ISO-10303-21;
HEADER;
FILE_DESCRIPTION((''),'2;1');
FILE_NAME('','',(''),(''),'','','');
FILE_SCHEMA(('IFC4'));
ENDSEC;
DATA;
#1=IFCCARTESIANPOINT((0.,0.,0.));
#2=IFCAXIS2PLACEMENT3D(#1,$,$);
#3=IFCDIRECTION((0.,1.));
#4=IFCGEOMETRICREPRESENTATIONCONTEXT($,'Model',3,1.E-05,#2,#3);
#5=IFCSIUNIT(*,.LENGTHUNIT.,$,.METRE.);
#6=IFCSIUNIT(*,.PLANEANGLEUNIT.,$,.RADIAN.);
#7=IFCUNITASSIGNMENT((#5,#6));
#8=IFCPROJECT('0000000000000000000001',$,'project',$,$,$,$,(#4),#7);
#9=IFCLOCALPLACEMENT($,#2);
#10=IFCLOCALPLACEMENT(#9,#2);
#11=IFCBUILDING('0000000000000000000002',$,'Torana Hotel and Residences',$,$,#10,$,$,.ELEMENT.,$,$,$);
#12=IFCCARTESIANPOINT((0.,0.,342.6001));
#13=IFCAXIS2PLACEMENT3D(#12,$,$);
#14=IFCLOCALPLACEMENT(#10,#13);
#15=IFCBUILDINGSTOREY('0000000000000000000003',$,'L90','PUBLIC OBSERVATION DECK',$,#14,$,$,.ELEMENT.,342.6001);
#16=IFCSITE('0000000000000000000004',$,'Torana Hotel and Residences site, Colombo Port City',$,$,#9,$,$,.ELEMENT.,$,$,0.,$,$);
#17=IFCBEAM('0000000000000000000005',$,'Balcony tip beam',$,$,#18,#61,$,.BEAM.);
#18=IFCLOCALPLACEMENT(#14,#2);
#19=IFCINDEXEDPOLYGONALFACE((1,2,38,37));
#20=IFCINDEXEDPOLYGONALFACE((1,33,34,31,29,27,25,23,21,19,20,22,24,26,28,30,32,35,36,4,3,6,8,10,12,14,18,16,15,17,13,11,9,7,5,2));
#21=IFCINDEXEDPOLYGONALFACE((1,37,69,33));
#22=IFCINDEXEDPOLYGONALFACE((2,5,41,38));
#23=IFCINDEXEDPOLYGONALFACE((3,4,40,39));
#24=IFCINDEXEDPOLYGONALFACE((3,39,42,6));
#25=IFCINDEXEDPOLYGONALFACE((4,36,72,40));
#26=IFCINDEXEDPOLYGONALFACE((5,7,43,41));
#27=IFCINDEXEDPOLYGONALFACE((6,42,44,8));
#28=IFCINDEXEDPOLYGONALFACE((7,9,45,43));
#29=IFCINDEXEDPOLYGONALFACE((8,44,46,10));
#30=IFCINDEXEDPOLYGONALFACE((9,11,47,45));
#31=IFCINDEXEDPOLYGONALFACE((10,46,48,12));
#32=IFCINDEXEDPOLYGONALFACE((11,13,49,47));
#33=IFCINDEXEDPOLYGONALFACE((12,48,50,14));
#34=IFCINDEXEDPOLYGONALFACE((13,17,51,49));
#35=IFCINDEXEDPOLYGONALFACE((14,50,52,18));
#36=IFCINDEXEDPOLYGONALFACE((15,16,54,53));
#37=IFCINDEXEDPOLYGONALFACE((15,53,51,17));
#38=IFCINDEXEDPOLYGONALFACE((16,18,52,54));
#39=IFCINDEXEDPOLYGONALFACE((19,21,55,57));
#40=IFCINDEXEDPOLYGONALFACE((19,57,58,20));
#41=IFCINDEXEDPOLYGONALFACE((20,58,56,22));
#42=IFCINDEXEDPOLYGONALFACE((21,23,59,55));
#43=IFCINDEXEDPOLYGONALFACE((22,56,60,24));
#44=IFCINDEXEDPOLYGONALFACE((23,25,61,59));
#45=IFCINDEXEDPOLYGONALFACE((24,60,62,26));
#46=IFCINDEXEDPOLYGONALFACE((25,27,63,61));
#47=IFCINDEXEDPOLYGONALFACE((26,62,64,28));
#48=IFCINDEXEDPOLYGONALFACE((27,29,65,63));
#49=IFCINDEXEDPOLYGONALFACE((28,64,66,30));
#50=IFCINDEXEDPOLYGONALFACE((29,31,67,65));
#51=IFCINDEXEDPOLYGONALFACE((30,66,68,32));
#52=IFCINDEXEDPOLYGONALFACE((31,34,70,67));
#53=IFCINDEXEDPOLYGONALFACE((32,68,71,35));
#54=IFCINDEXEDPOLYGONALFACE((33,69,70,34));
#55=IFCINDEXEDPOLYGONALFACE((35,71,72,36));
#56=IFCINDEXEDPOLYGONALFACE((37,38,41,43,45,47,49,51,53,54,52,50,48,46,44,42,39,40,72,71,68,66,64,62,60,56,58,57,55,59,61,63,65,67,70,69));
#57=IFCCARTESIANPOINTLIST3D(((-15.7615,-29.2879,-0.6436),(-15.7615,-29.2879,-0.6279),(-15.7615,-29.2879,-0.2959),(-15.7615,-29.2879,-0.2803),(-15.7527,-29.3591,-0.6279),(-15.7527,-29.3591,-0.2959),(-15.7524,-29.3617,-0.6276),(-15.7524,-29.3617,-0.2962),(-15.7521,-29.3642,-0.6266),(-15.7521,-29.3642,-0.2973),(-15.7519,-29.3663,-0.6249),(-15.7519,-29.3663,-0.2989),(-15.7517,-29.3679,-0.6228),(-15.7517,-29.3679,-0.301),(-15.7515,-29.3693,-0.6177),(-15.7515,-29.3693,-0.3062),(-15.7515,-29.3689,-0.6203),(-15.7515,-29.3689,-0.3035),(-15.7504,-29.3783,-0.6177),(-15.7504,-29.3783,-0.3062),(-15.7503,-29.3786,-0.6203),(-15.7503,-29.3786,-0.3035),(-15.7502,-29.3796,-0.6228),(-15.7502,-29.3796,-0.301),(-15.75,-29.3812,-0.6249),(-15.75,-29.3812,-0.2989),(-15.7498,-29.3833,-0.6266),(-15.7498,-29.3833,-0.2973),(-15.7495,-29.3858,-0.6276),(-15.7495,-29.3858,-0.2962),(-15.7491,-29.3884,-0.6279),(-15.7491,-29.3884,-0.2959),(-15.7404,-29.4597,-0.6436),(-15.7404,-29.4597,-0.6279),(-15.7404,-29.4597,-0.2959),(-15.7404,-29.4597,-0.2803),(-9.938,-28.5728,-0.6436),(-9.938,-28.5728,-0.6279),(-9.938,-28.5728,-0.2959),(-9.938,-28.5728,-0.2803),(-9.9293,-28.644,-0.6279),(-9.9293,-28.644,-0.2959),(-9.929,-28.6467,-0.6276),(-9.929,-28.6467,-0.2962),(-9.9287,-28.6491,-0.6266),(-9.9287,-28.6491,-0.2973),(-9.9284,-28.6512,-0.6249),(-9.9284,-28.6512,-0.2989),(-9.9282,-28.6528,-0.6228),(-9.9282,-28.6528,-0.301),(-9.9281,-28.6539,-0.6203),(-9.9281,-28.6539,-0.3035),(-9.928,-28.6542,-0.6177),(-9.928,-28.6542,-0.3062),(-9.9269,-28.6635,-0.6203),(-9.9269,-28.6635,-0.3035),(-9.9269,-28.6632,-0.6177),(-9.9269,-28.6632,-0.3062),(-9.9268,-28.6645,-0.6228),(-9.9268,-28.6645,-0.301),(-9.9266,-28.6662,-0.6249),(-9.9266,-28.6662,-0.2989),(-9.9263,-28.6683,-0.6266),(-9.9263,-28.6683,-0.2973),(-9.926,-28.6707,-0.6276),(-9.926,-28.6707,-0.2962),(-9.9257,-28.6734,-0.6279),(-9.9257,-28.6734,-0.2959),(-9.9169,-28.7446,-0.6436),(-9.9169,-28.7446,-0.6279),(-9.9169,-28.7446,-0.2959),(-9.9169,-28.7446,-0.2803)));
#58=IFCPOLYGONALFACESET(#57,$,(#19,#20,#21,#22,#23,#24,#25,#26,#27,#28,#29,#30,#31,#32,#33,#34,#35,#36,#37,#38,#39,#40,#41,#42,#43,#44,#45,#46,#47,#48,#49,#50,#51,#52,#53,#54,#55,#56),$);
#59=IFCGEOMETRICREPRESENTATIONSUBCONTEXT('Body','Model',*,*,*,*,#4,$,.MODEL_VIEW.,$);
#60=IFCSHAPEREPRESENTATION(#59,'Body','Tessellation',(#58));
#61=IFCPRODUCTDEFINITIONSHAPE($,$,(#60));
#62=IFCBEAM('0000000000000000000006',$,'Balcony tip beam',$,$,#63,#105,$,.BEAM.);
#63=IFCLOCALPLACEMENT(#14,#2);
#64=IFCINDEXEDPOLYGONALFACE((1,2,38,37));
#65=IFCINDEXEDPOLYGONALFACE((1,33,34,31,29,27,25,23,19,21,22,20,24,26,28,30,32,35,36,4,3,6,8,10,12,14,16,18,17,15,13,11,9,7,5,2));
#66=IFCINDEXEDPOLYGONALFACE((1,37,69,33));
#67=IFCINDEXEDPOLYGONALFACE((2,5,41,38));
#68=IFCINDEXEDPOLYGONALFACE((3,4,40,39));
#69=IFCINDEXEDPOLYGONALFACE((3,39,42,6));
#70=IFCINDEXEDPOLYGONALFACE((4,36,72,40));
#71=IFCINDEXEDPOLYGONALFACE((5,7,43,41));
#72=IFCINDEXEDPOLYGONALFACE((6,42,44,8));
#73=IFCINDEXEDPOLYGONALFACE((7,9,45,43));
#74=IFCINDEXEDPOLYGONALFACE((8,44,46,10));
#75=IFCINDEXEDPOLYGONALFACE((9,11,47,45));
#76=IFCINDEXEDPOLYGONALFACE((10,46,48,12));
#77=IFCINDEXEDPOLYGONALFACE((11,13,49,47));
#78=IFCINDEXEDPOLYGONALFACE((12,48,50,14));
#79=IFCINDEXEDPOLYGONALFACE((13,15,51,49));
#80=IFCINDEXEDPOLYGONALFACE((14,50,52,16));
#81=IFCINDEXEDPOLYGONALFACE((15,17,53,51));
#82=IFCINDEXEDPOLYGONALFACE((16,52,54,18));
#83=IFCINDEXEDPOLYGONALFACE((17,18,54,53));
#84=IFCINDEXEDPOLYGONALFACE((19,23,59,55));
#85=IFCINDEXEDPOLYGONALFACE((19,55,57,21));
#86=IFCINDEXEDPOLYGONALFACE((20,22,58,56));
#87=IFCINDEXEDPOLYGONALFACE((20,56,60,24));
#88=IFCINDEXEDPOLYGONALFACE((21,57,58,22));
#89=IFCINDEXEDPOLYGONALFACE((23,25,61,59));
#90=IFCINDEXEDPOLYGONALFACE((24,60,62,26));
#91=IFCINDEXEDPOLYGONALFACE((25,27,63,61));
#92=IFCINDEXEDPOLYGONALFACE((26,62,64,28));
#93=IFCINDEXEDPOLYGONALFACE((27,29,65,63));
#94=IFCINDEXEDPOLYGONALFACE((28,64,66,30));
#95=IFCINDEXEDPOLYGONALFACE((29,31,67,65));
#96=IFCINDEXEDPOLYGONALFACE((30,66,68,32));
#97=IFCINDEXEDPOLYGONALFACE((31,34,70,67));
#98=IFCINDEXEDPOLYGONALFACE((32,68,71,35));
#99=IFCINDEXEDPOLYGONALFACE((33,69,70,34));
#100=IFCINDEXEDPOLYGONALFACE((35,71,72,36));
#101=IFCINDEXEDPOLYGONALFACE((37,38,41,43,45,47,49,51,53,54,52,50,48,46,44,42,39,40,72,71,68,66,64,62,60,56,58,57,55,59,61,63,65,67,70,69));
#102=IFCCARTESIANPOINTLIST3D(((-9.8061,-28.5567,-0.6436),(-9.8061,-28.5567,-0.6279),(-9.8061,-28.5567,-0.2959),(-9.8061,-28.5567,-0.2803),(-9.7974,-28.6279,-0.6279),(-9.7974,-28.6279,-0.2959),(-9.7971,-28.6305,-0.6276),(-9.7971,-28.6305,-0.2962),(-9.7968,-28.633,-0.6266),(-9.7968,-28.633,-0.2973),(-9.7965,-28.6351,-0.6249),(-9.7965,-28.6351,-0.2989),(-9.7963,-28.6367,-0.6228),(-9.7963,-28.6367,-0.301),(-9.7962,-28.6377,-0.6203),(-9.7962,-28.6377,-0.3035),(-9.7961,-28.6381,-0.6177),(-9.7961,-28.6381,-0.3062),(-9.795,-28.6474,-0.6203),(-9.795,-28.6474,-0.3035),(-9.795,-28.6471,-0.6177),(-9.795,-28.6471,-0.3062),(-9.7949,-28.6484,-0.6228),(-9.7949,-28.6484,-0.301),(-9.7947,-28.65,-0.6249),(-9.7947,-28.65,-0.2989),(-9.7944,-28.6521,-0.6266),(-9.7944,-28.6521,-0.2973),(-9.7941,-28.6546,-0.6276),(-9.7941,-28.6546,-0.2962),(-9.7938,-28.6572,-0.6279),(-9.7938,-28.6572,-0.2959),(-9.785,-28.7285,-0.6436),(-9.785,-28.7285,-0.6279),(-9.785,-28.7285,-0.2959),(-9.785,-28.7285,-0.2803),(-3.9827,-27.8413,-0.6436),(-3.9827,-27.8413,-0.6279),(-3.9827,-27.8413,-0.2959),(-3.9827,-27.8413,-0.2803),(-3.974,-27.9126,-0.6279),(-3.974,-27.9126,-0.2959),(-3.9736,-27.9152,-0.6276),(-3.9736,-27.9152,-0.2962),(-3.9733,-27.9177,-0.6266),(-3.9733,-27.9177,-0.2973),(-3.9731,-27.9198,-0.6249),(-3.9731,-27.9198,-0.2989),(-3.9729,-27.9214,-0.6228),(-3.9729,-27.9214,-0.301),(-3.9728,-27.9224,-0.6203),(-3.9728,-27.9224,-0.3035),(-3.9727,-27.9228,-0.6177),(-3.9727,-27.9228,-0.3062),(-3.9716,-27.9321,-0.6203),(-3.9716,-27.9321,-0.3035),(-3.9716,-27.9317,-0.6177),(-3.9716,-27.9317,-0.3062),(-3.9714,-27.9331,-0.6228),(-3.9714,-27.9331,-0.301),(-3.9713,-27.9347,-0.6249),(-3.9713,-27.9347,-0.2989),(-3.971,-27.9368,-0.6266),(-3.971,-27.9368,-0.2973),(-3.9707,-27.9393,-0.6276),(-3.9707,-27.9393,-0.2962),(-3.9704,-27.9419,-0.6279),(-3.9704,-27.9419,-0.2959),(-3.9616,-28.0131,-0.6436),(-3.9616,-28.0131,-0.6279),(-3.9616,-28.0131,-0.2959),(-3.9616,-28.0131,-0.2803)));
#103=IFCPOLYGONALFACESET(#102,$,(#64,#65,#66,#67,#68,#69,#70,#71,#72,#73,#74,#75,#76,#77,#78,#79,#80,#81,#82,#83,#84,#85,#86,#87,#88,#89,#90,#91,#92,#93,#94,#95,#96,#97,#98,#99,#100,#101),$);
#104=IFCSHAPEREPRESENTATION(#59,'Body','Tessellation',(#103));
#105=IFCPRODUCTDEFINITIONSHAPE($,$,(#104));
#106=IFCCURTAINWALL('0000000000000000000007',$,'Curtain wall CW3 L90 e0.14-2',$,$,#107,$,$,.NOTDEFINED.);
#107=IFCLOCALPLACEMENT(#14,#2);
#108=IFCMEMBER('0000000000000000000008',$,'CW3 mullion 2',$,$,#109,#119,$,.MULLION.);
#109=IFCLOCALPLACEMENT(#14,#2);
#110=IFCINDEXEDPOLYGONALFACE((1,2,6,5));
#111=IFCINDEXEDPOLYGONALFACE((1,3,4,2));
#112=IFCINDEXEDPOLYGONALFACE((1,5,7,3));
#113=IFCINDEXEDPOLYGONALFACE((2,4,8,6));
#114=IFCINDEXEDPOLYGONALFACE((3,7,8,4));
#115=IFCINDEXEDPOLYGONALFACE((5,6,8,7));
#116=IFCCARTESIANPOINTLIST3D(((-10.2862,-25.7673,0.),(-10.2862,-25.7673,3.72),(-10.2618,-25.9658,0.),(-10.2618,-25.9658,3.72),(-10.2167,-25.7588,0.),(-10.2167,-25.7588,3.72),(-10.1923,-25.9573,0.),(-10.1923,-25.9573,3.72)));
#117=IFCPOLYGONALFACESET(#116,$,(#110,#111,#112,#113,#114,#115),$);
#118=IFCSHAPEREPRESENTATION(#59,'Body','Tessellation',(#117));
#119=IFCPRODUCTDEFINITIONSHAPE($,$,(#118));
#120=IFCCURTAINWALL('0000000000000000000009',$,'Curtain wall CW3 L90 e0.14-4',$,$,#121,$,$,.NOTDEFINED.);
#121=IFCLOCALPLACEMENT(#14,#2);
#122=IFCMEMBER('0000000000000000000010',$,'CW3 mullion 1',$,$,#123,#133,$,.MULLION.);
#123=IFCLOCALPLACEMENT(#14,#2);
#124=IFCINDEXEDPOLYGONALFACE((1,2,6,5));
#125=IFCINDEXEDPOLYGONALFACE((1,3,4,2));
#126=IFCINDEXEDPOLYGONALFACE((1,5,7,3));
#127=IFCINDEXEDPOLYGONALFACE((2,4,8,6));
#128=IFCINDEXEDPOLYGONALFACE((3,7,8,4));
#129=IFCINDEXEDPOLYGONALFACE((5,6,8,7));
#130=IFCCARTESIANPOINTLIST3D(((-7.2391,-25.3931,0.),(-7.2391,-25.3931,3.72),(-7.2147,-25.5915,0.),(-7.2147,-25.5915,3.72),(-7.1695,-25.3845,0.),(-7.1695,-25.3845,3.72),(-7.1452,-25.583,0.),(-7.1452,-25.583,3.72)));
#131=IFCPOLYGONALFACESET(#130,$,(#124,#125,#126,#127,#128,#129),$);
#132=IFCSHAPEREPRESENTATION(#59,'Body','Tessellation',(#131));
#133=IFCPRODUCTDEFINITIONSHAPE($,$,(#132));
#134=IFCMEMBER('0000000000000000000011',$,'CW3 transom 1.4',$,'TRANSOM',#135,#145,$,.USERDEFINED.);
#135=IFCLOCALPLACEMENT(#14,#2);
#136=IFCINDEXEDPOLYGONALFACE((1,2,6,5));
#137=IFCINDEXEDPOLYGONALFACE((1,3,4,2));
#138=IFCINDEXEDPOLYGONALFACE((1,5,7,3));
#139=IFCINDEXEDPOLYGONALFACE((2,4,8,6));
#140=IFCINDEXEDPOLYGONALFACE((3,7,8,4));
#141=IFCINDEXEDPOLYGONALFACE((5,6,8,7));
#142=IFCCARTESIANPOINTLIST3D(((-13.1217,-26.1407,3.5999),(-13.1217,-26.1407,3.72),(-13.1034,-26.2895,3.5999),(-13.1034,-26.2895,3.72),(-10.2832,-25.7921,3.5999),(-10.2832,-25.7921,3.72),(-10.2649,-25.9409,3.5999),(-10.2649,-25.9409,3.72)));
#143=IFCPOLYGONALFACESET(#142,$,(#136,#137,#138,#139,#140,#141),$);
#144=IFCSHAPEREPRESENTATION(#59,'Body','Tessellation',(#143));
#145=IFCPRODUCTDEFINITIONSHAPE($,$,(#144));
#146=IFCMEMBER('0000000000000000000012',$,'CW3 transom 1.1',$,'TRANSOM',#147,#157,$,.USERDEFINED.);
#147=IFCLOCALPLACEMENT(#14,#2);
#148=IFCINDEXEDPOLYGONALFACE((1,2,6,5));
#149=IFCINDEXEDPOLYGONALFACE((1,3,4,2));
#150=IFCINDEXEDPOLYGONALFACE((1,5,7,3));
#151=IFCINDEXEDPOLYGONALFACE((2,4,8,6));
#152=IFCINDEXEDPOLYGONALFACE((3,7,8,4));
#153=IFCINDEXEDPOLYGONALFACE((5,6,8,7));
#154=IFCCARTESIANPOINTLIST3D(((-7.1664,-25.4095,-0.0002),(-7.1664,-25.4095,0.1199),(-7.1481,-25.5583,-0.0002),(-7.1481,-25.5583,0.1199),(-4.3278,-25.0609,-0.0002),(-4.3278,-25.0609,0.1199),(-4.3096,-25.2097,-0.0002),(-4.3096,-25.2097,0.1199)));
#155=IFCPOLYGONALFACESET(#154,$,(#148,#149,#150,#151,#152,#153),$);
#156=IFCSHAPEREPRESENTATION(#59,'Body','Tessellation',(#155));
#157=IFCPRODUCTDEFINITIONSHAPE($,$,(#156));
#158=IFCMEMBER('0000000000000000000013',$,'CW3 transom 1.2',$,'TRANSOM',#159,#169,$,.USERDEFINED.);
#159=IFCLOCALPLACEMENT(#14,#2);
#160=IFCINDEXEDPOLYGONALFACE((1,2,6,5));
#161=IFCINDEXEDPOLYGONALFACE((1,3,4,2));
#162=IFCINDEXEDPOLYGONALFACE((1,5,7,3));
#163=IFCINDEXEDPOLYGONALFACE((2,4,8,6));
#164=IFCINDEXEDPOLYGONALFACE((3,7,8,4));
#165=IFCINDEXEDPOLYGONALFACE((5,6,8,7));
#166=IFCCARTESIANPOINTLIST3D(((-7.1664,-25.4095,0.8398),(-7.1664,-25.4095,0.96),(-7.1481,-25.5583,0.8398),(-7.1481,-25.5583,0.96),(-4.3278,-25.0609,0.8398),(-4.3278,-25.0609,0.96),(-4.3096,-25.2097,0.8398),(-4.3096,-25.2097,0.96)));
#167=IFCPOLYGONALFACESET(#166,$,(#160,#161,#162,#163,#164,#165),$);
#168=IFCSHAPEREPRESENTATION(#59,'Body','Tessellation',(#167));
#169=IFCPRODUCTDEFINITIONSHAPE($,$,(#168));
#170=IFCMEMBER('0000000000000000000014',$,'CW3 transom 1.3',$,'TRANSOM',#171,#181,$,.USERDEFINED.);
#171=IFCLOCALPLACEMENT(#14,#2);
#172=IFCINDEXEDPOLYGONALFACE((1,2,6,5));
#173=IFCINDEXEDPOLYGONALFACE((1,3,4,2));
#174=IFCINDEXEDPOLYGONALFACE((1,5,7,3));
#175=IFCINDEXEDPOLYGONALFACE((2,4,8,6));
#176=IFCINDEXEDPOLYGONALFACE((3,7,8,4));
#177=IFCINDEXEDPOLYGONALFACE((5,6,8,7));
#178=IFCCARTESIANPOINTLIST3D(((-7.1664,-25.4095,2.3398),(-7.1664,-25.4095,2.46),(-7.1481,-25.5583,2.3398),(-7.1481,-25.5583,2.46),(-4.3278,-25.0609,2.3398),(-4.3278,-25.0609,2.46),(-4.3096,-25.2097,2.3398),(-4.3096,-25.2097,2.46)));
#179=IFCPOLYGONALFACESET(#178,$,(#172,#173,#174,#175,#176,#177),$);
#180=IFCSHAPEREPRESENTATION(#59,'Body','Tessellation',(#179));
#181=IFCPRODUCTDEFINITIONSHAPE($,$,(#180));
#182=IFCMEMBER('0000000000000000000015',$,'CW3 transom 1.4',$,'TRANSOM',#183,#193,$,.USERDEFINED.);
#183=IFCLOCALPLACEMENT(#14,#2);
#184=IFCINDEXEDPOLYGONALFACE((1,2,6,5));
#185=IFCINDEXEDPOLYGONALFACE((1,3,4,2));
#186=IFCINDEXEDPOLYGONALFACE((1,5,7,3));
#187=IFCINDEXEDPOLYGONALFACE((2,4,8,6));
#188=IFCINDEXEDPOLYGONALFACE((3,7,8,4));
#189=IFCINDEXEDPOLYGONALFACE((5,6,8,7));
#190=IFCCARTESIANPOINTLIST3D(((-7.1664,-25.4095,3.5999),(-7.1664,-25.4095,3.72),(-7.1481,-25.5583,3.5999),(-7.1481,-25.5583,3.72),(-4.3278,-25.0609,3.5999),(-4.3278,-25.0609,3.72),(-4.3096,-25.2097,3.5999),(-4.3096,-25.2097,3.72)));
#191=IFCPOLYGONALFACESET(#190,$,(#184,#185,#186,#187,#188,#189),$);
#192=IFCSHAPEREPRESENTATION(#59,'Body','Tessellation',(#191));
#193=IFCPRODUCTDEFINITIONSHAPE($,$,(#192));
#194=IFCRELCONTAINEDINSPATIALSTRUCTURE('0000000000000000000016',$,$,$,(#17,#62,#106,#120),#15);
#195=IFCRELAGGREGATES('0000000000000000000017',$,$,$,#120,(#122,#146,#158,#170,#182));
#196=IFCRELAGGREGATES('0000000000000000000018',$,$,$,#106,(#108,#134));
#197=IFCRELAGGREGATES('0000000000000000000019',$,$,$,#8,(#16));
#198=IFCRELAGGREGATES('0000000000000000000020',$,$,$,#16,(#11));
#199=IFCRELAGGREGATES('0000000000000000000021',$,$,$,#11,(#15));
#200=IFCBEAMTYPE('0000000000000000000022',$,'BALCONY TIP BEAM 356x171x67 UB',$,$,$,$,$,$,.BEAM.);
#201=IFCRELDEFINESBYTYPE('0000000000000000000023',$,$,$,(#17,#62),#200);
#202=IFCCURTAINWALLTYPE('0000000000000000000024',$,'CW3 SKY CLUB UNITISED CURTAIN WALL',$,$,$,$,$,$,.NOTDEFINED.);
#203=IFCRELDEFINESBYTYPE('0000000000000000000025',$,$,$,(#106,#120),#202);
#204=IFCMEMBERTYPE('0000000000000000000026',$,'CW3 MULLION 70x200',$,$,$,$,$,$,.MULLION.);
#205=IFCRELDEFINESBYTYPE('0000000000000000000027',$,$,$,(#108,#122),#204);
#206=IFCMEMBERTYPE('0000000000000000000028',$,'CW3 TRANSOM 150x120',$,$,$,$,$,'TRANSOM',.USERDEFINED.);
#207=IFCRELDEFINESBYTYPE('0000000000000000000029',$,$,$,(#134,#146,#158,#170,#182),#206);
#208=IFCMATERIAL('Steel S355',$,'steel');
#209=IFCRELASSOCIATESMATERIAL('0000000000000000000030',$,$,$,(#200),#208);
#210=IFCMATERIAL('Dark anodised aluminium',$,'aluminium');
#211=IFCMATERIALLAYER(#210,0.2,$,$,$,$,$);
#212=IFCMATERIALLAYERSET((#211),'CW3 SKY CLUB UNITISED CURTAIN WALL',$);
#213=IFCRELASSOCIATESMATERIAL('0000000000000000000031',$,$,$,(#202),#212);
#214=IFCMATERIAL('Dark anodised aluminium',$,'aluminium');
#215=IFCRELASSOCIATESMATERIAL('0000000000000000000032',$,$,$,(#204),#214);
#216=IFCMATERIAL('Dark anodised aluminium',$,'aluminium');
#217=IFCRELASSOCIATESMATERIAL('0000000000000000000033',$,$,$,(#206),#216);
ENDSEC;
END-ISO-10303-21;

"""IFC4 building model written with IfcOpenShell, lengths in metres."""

from ifc_helpers import new_model, si_unit, direction, frame, origin, origin_2d, place, context, subcontext, project, spatial, rectangle, i_section, extrude, material, layer, layer_set, material_profile, profile_set, type_object, element, aggregate, save


model = new_model("IFC4")

# Units and contexts
model_context = context("Model", 3, precision=1e-05, world=origin(), true_north=direction((0.0, 1.0)))
body_context = subcontext(model_context, "Body", "Model", "MODEL_VIEW")
ifc_project = project(units=[si_unit("LENGTHUNIT", "METRE"), si_unit("PLANEANGLEUNIT", "RADIAN")], contexts=[model_context])

# Site, building, storey
site_placement = place(None, origin())
site = spatial("IfcSite", under=ifc_project, at=site_placement, Name="Torana Hotel and Residences site, Colombo Port City", CompositionType="ELEMENT", RefElevation=0.0)
building_placement = place(site_placement, origin())
building = spatial("IfcBuilding", under=site, at=building_placement, Name="Torana Hotel and Residences", CompositionType="ELEMENT")
storey_placement = place(building_placement, frame((0.0, 0.0, 342.6001)))
storey = spatial("IfcBuildingStorey", under=building, at=storey_placement, Name="L90", Description="PUBLIC OBSERVATION DECK", CompositionType="ELEMENT", Elevation=342.6001)

# Beams
ifc_material_1 = material(Name="Steel S355", Category="steel")
ifc_material_profile_1 = material_profile(ifc_material_1, i_section(OverallWidth=0.1731, OverallDepth=0.3633, WebThickness=0.009, FlangeThickness=0.0156, FilletRadius=0.0103, at=origin_2d()), Name="356x171x67 UB")
ifc_profile_set_1 = profile_set([ifc_material_profile_1], Name="Steel S355")
beam_type = type_object("IfcBeamType", Name="BALCONY TIP BEAM 356x171x67 UB", PredefinedType="BEAM", material=ifc_profile_set_1)
for number, where, z_axis, x_axis, name in (
    (1, (-9.9275, -28.6587, -0.4619), (-0.992545, -0.121878, 0.0), (0.121878, -0.992545, 0.0), "Balcony tip beam"),
    (2, (-3.9722, -27.9272, -0.4619), (-0.99254, -0.121919, 0.0), (0.121919, -0.99254, 0.0), "Balcony tip beam"),
):
    element("IfcBeam", number, at=place(storey_placement, frame(where, z_axis=z_axis, x_axis=x_axis)), inside=storey, type_object=beam_type, Name=name, PredefinedType="BEAM", context=body_context, shape_type="SweptSolid", body=[
        extrude(i_section(OverallWidth=0.1731, OverallDepth=0.3633, WebThickness=0.009, FlangeThickness=0.0156, FilletRadius=0.0103, at=origin_2d()), origin(), (0.0, 0.0, 1.0), 5.8672),
    ])

# Curtain walls, members
ifc_material_2 = material(Name="Dark anodised aluminium", Category="aluminium")
ifc_layer_1 = layer(ifc_material_2, 0.2)
ifc_layer_set_1 = layer_set([ifc_layer_1], Name="CW3 SKY CLUB UNITISED CURTAIN WALL")
curtain_wall_type = type_object("IfcCurtainWallType", Name="CW3 SKY CLUB UNITISED CURTAIN WALL", PredefinedType="NOTDEFINED", material=ifc_layer_set_1)
curtain_wall_1_placement = place(storey_placement, origin())
curtain_wall_1 = element("IfcCurtainWall", 3, at=curtain_wall_1_placement, inside=storey, type_object=curtain_wall_type, Name="Curtain wall CW3 L90 e0.14-2", PredefinedType="NOTDEFINED")
ifc_material_3 = material(Name="Dark anodised aluminium", Category="aluminium")
ifc_material_profile_2 = material_profile(ifc_material_3, rectangle(XDim=0.2, YDim=0.0701, at=origin_2d()), Name="CW3 MULLION 70x200")
ifc_profile_set_2 = profile_set([ifc_material_profile_2], Name="Dark anodised aluminium")
member_type_1 = type_object("IfcMemberType", Name="CW3 MULLION 70x200", PredefinedType="MULLION", material=ifc_profile_set_2)
member_1_placement = place(storey_placement, frame((-10.2393, -25.8623, 0.0), z_axis=(0.0, 0.0, 1.0), x_axis=(-0.121868, 0.992546, 0.0)))
member_1 = element("IfcMember", 4, at=member_1_placement, type_object=member_type_1, Name="CW3 mullion 2", PredefinedType="MULLION", context=body_context, shape_type="SweptSolid", body=[
    extrude(rectangle(XDim=0.2, YDim=0.0701, at=origin_2d()), origin(), (0.0, 0.0, 1.0), 3.72),
])
curtain_wall_2_placement = place(storey_placement, origin())
curtain_wall_2 = element("IfcCurtainWall", 5, at=curtain_wall_2_placement, inside=storey, type_object=curtain_wall_type, Name="Curtain wall CW3 L90 e0.14-4", PredefinedType="NOTDEFINED")
member_2_placement = place(storey_placement, frame((-7.1921, -25.488, 0.0), z_axis=(0.0, 0.0, 1.0), x_axis=(-0.121864, 0.992547, 0.0)))
member_2 = element("IfcMember", 6, at=member_2_placement, type_object=member_type_1, Name="CW3 mullion 1", PredefinedType="MULLION", context=body_context, shape_type="SweptSolid", body=[
    extrude(rectangle(XDim=0.2, YDim=0.0701, at=origin_2d()), origin(), (0.0, 0.0, 1.0), 3.72),
])

# Members
ifc_material_4 = material(Name="Dark anodised aluminium", Category="aluminium")
ifc_material_profile_3 = material_profile(ifc_material_4, rectangle(XDim=0.1499, YDim=0.1201, at=origin_2d()), Name="CW3 TRANSOM 150x120")
ifc_profile_set_3 = profile_set([ifc_material_profile_3], Name="Dark anodised aluminium")
member_type_2 = type_object("IfcMemberType", Name="CW3 TRANSOM 150x120", ElementType="TRANSOM", PredefinedType="USERDEFINED", material=ifc_profile_set_3)
member_3_placement = place(storey_placement, frame((-13.1125, -26.2151, 3.6599), z_axis=(0.992542, 0.121902, 0.0), x_axis=(-0.121902, 0.992542, 0.0)))
member_3 = element("IfcMember", 7, at=member_3_placement, type_object=member_type_2, Name="CW3 transom 1.4", ObjectType="TRANSOM", PredefinedType="USERDEFINED", context=body_context, shape_type="SweptSolid", body=[
    extrude(rectangle(XDim=0.1499, YDim=0.1201, at=origin_2d()), origin(), (0.0, 0.0, 1.0), 2.8599),
])
member_4_placement = place(storey_placement, frame((-7.1572, -25.4839, 0.0598), z_axis=(0.992542, 0.121902, 0.0), x_axis=(-0.121902, 0.992542, 0.0)))
member_4 = element("IfcMember", 8, at=member_4_placement, type_object=member_type_2, Name="CW3 transom 1.1", ObjectType="TRANSOM", PredefinedType="USERDEFINED", context=body_context, shape_type="SweptSolid", body=[
    extrude(rectangle(XDim=0.1499, YDim=0.1201, at=origin_2d()), origin(), (0.0, 0.0, 1.0), 2.8599),
])
member_5_placement = place(storey_placement, frame((-7.1572, -25.4839, 0.8999), z_axis=(0.992542, 0.121902, 0.0), x_axis=(-0.121902, 0.992542, 0.0)))
member_5 = element("IfcMember", 9, at=member_5_placement, type_object=member_type_2, Name="CW3 transom 1.2", ObjectType="TRANSOM", PredefinedType="USERDEFINED", context=body_context, shape_type="SweptSolid", body=[
    extrude(rectangle(XDim=0.1499, YDim=0.1201, at=origin_2d()), origin(), (0.0, 0.0, 1.0), 2.8599),
])
member_6_placement = place(storey_placement, frame((-7.1572, -25.4839, 2.3999), z_axis=(0.992542, 0.121902, 0.0), x_axis=(-0.121902, 0.992542, 0.0)))
member_6 = element("IfcMember", 10, at=member_6_placement, type_object=member_type_2, Name="CW3 transom 1.3", ObjectType="TRANSOM", PredefinedType="USERDEFINED", context=body_context, shape_type="SweptSolid", body=[
    extrude(rectangle(XDim=0.1499, YDim=0.1201, at=origin_2d()), origin(), (0.0, 0.0, 1.0), 2.8599),
])
member_7_placement = place(storey_placement, frame((-7.1572, -25.4839, 3.6599), z_axis=(0.992542, 0.121902, 0.0), x_axis=(-0.121902, 0.992542, 0.0)))
member_7 = element("IfcMember", 11, at=member_7_placement, type_object=member_type_2, Name="CW3 transom 1.4", ObjectType="TRANSOM", PredefinedType="USERDEFINED", context=body_context, shape_type="SweptSolid", body=[
    extrude(rectangle(XDim=0.1499, YDim=0.1201, at=origin_2d()), origin(), (0.0, 0.0, 1.0), 2.8599),
])
aggregate(curtain_wall_2, [member_2, member_4, member_5, member_6, member_7])

aggregate(curtain_wall_1, [member_1, member_3])

save(model, "model.ifc")
